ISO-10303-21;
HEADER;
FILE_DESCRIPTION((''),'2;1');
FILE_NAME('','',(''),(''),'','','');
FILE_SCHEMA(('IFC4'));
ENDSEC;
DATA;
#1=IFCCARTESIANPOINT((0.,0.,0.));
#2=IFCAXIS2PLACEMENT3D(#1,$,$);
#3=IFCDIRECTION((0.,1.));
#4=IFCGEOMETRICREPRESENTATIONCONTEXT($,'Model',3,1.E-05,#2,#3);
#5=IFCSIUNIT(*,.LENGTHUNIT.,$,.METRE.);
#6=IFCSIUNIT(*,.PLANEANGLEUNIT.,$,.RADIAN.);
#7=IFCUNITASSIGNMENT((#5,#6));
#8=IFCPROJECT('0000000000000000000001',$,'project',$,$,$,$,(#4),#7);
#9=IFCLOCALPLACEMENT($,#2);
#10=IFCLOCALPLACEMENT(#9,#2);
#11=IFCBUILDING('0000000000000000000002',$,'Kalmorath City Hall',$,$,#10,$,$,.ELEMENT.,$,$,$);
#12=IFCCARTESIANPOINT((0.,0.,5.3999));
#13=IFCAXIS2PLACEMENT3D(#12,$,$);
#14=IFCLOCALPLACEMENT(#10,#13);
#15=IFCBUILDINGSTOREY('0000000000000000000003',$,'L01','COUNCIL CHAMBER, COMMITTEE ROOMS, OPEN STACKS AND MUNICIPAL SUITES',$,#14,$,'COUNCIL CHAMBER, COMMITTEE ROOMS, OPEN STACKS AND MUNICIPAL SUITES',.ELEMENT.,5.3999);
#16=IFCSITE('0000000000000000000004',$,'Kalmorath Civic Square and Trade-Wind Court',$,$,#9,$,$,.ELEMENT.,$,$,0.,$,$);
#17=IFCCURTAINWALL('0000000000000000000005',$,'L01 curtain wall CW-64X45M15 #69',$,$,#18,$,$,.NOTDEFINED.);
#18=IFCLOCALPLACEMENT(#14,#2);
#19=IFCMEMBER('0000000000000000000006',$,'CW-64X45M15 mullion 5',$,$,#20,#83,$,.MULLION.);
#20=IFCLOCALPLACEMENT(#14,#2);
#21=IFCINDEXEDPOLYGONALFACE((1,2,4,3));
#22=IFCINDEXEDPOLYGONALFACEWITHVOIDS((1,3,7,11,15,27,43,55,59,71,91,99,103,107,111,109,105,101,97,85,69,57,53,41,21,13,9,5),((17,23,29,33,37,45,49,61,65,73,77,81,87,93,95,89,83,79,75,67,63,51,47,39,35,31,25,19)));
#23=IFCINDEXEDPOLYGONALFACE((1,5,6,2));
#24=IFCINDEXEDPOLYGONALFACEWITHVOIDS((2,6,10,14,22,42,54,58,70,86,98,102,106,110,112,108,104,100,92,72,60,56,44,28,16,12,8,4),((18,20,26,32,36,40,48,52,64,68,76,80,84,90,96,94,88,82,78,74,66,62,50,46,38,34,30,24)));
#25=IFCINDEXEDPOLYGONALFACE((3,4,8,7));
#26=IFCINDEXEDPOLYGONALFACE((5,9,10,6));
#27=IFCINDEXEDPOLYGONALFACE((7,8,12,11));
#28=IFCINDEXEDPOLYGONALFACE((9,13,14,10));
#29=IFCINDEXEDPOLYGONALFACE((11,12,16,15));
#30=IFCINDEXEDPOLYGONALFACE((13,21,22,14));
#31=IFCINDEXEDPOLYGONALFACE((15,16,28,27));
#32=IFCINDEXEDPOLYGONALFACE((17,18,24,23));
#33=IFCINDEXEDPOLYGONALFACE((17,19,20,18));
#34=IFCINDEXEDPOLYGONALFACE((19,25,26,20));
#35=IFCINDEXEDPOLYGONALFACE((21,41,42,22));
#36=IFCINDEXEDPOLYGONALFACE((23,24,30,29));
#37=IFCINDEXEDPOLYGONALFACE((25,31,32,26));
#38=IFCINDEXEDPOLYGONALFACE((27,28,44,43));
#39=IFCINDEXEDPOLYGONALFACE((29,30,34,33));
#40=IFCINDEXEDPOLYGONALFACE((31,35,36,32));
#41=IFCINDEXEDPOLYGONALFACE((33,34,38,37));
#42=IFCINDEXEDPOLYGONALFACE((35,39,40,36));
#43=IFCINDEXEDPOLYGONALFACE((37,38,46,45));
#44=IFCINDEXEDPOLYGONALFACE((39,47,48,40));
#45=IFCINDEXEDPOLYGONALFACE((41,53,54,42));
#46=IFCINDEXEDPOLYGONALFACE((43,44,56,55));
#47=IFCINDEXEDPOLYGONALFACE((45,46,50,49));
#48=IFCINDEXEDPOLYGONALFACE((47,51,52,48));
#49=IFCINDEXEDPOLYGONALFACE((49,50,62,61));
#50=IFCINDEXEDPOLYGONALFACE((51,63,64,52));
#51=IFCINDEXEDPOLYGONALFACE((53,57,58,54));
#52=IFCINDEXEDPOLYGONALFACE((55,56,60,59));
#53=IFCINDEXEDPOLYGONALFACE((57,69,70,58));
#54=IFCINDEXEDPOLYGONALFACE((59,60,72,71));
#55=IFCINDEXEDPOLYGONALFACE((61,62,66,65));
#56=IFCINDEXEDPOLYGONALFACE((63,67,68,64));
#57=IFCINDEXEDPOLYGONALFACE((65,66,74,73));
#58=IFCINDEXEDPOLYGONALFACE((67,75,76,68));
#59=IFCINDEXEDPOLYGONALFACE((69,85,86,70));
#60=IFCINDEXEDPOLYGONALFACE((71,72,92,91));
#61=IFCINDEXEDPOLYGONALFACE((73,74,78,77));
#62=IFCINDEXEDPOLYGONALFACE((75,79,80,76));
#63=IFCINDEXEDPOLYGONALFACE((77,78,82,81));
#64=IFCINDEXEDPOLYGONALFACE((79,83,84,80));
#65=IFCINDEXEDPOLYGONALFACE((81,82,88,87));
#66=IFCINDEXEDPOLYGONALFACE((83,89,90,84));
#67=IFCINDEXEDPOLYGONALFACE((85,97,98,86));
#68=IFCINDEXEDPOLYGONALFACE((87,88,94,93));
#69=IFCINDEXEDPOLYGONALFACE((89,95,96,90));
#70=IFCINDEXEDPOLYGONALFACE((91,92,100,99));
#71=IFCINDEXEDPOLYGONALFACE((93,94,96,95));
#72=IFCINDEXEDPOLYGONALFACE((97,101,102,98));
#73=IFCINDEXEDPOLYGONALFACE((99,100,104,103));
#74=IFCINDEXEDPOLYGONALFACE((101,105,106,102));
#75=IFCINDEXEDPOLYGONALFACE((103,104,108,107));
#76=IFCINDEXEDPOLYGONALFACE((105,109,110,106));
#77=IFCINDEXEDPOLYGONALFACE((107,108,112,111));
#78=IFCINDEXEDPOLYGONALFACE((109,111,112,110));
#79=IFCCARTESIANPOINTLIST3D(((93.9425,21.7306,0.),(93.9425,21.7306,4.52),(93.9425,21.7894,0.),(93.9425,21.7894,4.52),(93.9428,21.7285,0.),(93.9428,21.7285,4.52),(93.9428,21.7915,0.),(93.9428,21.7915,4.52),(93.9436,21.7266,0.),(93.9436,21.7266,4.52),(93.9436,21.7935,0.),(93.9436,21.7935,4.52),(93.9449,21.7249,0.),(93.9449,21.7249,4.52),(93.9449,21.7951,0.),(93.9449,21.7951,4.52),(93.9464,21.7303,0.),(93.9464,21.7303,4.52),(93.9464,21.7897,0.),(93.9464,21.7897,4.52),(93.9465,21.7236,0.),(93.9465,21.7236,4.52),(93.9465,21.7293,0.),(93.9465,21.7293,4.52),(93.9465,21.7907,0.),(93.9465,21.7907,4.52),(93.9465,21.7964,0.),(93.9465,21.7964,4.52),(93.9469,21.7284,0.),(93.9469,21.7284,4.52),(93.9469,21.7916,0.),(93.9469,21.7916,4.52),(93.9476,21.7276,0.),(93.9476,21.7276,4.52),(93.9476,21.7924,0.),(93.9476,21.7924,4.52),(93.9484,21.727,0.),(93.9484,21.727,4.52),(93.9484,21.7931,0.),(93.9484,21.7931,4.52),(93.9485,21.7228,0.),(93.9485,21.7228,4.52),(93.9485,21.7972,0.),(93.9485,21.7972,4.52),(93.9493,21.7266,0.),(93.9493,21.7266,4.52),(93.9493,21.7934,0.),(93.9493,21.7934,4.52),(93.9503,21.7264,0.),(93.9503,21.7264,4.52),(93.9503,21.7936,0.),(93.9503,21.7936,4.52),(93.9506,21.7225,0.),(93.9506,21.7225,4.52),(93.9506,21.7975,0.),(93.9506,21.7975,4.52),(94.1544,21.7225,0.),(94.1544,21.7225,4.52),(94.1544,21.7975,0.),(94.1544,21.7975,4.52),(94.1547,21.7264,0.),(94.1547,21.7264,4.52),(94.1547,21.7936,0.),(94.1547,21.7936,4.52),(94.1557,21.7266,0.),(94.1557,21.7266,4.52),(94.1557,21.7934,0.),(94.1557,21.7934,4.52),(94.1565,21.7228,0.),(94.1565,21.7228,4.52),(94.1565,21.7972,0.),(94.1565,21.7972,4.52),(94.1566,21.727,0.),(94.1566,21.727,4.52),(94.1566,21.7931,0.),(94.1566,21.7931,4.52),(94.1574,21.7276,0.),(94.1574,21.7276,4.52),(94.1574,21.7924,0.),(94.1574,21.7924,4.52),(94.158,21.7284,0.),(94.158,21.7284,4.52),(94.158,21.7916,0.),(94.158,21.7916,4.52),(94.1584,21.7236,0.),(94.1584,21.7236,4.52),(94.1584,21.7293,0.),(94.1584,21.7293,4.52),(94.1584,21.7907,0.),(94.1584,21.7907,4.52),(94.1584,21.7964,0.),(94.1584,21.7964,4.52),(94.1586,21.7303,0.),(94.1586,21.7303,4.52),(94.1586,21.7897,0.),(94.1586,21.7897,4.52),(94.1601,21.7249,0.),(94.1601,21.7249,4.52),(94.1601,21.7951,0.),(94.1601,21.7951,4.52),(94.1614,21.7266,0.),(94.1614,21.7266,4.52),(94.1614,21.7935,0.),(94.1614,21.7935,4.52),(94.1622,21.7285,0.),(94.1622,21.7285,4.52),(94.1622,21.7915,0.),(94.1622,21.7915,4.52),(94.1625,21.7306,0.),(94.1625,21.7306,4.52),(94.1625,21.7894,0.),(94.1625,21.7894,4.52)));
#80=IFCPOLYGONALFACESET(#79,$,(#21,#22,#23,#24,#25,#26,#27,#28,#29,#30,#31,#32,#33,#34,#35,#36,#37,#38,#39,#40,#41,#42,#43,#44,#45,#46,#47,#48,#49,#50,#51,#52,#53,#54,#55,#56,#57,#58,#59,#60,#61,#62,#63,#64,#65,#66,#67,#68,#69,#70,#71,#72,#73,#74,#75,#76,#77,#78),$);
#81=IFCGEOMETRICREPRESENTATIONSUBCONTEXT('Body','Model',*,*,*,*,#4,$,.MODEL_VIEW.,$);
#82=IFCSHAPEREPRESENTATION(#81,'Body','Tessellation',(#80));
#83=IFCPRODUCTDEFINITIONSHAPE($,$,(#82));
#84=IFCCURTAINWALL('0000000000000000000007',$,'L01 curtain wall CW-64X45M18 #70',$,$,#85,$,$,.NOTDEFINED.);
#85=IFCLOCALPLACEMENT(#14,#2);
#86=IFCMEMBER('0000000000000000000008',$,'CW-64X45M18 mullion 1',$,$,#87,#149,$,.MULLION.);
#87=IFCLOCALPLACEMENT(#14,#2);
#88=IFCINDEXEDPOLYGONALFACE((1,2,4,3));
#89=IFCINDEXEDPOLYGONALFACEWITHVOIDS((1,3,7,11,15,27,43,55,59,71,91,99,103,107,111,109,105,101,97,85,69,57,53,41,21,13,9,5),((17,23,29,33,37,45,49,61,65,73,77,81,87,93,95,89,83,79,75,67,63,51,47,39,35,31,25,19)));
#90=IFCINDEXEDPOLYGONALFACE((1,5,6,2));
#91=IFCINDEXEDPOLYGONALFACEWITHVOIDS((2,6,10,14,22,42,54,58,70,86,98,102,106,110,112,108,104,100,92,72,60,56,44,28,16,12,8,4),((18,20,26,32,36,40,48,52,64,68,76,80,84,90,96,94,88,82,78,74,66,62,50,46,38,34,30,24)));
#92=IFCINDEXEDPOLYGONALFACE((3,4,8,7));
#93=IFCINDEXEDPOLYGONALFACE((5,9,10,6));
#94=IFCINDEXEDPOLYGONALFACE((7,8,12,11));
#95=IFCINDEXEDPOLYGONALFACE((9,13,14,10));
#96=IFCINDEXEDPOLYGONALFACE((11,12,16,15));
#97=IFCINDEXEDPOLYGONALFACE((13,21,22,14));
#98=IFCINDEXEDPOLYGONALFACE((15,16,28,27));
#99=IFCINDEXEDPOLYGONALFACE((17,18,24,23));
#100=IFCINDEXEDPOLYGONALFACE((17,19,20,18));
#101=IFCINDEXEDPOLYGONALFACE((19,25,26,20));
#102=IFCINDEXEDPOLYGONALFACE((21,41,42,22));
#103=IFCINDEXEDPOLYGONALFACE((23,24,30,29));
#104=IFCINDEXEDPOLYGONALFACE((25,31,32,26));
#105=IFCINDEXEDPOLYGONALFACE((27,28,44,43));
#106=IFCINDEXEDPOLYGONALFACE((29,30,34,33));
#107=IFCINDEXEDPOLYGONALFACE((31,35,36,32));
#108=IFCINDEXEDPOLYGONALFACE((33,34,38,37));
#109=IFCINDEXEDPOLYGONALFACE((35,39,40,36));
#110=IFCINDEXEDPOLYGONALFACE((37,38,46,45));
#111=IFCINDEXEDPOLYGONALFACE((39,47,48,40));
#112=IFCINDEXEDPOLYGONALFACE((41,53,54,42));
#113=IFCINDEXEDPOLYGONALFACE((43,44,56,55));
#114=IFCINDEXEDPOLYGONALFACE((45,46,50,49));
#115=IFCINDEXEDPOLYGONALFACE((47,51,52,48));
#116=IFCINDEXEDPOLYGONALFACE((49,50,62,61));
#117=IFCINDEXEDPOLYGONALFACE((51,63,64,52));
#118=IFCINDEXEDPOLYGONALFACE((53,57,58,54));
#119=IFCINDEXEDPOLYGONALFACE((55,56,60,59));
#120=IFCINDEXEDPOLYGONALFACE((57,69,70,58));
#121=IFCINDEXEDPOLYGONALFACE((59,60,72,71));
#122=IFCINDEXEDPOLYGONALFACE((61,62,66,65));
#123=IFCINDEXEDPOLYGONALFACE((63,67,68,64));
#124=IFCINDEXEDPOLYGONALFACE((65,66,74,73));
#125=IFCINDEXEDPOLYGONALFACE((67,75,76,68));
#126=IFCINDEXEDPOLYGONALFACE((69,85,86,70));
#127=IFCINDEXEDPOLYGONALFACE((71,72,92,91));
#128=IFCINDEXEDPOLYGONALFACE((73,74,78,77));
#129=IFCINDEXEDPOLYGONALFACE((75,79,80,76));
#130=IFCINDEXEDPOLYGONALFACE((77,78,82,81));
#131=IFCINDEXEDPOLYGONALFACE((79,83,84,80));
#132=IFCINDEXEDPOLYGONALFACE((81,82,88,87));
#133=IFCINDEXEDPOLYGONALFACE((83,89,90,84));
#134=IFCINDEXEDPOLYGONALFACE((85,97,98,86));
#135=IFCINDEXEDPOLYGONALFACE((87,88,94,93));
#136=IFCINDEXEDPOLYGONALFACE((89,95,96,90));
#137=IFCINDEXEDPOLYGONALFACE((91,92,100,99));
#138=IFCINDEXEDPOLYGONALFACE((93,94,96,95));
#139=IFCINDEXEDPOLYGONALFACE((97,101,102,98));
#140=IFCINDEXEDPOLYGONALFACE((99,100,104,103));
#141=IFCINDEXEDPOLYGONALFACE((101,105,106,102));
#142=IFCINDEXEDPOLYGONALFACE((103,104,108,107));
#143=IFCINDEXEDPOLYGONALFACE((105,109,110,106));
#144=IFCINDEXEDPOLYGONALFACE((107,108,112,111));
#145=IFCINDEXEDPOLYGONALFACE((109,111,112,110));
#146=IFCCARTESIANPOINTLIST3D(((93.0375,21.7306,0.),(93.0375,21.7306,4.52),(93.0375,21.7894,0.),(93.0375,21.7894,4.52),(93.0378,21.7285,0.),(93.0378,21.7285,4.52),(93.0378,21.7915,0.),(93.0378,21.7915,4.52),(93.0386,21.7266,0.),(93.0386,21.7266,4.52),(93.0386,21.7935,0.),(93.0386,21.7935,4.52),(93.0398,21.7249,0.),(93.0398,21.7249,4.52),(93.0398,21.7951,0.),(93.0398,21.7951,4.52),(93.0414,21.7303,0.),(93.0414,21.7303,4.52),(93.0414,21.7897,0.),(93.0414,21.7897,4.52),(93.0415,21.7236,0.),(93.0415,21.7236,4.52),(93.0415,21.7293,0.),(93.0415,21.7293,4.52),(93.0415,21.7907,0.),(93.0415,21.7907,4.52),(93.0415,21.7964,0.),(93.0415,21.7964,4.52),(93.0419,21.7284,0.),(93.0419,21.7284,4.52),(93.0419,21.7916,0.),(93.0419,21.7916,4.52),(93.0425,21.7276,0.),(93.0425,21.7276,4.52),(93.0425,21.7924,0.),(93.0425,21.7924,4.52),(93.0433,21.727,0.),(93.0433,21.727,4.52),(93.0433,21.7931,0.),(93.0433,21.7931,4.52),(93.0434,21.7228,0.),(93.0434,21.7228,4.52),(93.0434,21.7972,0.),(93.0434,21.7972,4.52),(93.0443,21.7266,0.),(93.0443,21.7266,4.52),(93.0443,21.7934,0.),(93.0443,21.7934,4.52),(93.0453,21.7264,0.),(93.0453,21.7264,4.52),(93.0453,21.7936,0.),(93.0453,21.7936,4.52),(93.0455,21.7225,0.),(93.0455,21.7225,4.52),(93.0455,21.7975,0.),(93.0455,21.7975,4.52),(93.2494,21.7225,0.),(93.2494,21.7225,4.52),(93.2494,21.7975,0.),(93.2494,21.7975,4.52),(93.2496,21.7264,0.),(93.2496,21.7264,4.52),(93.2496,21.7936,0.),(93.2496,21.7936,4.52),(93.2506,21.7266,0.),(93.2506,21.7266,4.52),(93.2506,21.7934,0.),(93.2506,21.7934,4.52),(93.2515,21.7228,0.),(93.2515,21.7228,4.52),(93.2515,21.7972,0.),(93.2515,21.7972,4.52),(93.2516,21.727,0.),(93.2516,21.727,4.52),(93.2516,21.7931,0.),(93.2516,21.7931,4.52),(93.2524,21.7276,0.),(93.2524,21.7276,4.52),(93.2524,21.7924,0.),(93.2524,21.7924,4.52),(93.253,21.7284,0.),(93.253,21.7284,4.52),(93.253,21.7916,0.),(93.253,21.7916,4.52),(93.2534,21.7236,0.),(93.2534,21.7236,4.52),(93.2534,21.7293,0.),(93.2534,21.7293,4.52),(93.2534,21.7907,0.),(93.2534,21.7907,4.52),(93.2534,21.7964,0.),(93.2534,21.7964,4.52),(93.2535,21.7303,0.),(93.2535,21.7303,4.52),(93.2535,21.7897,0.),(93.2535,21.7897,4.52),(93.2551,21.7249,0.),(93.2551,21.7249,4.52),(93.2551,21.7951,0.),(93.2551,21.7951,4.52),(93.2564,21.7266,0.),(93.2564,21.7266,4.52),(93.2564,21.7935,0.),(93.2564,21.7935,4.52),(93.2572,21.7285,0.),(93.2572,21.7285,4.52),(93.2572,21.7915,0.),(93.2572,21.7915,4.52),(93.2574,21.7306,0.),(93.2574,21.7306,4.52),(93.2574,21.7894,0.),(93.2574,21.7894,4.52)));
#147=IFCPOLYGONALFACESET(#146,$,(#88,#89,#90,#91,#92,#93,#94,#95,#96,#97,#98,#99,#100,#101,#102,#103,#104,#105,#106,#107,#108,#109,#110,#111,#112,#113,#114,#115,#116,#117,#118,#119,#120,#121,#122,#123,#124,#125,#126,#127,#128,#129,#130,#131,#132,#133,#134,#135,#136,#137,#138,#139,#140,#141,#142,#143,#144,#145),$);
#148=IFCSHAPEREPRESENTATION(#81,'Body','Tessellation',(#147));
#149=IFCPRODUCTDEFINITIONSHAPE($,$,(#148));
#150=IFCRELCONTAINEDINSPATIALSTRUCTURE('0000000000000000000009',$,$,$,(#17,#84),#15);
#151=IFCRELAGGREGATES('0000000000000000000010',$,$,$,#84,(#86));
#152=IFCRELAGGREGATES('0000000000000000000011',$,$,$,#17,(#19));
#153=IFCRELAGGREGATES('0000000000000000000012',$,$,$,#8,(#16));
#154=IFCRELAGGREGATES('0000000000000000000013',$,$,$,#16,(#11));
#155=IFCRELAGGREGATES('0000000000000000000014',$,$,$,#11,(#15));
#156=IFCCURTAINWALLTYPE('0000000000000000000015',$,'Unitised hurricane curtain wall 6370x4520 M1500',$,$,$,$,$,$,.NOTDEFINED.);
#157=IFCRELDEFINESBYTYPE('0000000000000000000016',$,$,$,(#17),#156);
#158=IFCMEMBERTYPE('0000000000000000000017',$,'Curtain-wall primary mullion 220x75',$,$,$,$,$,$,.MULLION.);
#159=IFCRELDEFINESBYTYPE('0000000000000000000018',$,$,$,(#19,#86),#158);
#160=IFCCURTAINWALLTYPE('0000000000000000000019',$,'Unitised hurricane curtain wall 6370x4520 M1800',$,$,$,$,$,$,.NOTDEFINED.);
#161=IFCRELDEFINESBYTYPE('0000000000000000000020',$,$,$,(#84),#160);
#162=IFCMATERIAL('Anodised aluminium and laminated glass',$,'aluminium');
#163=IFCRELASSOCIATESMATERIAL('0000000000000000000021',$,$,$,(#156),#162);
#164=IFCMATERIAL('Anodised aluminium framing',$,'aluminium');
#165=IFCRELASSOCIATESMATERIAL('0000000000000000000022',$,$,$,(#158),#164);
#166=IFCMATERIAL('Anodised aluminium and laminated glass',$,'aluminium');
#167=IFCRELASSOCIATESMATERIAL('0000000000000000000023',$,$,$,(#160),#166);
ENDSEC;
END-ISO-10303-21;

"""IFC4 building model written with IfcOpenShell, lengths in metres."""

from ifc_helpers import new_model, si_unit, direction, frame, origin, origin_2d, place, context, subcontext, project, spatial, hollow_rectangle, extrude, material, material_profile, profile_set, type_object, element, aggregate, save


model = new_model("IFC4")

# Units and contexts
model_context = context("Model", 3, precision=1e-05, world=origin(), true_north=direction((0.0, 1.0)))
body_context = subcontext(model_context, "Body", "Model", "MODEL_VIEW")
ifc_project = project(units=[si_unit("LENGTHUNIT", "METRE"), si_unit("PLANEANGLEUNIT", "RADIAN")], contexts=[model_context])

# Site, building, storey
site_placement = place(None, origin())
site = spatial("IfcSite", under=ifc_project, at=site_placement, Name="Kalmorath Civic Square and Trade-Wind Court", CompositionType="ELEMENT", RefElevation=0.0)
building_placement = place(site_placement, origin())
building = spatial("IfcBuilding", under=site, at=building_placement, Name="Kalmorath City Hall", CompositionType="ELEMENT")
storey_placement = place(building_placement, frame((0.0, 0.0, 5.3999)))
storey = spatial("IfcBuildingStorey", under=building, at=storey_placement, Name="L01", Description="COUNCIL CHAMBER, COMMITTEE ROOMS, OPEN STACKS AND MUNICIPAL SUITES", LongName="COUNCIL CHAMBER, COMMITTEE ROOMS, OPEN STACKS AND MUNICIPAL SUITES", CompositionType="ELEMENT", Elevation=5.3999)

# Curtain wall, member
ifc_material_1 = material(Name="Anodised aluminium and laminated glass", Category="aluminium")
curtain_wall_type_1 = type_object("IfcCurtainWallType", Name="Unitised hurricane curtain wall 6370x4520 M1500", PredefinedType="NOTDEFINED", material=ifc_material_1)
curtain_wall_1_placement = place(storey_placement, origin())
curtain_wall_1 = element("IfcCurtainWall", 1, at=curtain_wall_1_placement, inside=storey, type_object=curtain_wall_type_1, Name="L01 curtain wall CW-64X45M15 #69", PredefinedType="NOTDEFINED")
ifc_material_2 = material(Name="Anodised aluminium framing", Category="aluminium")
ifc_material_profile_1 = material_profile(ifc_material_2, hollow_rectangle(XDim=0.075, YDim=0.22, WallThickness=0.0039, InnerFilletRadius=0.0039, OuterFilletRadius=0.0081, at=origin_2d()), Name="ALU-MUL-220X75X4")
ifc_profile_set_1 = profile_set([ifc_material_profile_1], Name="Anodised aluminium framing")
member_type_1 = type_object("IfcMemberType", Name="Curtain-wall primary mullion 220x75", PredefinedType="MULLION", material=ifc_profile_set_1)
member_1_placement = place(storey_placement, frame((94.0525, 21.76, 0.0), z_axis=(0.0, 0.0, 1.0), x_axis=(0.0, -1.0, 0.0)))
member_1 = element("IfcMember", 2, at=member_1_placement, type_object=member_type_1, Name="CW-64X45M15 mullion 5", PredefinedType="MULLION", context=body_context, shape_type="SweptSolid", body=[
    extrude(hollow_rectangle(XDim=0.075, YDim=0.22, WallThickness=0.0039, InnerFilletRadius=0.0039, OuterFilletRadius=0.0081, at=origin_2d()), origin(), (0.0, 0.0, 1.0), 4.52),
])

# Curtain wall, member
ifc_material_3 = material(Name="Anodised aluminium and laminated glass", Category="aluminium")
curtain_wall_type_2 = type_object("IfcCurtainWallType", Name="Unitised hurricane curtain wall 6370x4520 M1800", PredefinedType="NOTDEFINED", material=ifc_material_3)
curtain_wall_2_placement = place(storey_placement, origin())
curtain_wall_2 = element("IfcCurtainWall", 3, at=curtain_wall_2_placement, inside=storey, type_object=curtain_wall_type_2, Name="L01 curtain wall CW-64X45M18 #70", PredefinedType="NOTDEFINED")
member_2_placement = place(storey_placement, frame((93.1475, 21.76, 0.0), z_axis=(0.0, 0.0, 1.0), x_axis=(0.0, -1.0, 0.0)))
member_2 = element("IfcMember", 4, at=member_2_placement, type_object=member_type_1, Name="CW-64X45M18 mullion 1", PredefinedType="MULLION", context=body_context, shape_type="SweptSolid", body=[
    extrude(hollow_rectangle(XDim=0.075, YDim=0.22, WallThickness=0.0039, InnerFilletRadius=0.0039, OuterFilletRadius=0.0081, at=origin_2d()), origin(), (0.0, 0.0, 1.0), 4.52),
])

aggregate(curtain_wall_2, [member_2])

aggregate(curtain_wall_1, [member_1])

save(model, "model.ifc")
